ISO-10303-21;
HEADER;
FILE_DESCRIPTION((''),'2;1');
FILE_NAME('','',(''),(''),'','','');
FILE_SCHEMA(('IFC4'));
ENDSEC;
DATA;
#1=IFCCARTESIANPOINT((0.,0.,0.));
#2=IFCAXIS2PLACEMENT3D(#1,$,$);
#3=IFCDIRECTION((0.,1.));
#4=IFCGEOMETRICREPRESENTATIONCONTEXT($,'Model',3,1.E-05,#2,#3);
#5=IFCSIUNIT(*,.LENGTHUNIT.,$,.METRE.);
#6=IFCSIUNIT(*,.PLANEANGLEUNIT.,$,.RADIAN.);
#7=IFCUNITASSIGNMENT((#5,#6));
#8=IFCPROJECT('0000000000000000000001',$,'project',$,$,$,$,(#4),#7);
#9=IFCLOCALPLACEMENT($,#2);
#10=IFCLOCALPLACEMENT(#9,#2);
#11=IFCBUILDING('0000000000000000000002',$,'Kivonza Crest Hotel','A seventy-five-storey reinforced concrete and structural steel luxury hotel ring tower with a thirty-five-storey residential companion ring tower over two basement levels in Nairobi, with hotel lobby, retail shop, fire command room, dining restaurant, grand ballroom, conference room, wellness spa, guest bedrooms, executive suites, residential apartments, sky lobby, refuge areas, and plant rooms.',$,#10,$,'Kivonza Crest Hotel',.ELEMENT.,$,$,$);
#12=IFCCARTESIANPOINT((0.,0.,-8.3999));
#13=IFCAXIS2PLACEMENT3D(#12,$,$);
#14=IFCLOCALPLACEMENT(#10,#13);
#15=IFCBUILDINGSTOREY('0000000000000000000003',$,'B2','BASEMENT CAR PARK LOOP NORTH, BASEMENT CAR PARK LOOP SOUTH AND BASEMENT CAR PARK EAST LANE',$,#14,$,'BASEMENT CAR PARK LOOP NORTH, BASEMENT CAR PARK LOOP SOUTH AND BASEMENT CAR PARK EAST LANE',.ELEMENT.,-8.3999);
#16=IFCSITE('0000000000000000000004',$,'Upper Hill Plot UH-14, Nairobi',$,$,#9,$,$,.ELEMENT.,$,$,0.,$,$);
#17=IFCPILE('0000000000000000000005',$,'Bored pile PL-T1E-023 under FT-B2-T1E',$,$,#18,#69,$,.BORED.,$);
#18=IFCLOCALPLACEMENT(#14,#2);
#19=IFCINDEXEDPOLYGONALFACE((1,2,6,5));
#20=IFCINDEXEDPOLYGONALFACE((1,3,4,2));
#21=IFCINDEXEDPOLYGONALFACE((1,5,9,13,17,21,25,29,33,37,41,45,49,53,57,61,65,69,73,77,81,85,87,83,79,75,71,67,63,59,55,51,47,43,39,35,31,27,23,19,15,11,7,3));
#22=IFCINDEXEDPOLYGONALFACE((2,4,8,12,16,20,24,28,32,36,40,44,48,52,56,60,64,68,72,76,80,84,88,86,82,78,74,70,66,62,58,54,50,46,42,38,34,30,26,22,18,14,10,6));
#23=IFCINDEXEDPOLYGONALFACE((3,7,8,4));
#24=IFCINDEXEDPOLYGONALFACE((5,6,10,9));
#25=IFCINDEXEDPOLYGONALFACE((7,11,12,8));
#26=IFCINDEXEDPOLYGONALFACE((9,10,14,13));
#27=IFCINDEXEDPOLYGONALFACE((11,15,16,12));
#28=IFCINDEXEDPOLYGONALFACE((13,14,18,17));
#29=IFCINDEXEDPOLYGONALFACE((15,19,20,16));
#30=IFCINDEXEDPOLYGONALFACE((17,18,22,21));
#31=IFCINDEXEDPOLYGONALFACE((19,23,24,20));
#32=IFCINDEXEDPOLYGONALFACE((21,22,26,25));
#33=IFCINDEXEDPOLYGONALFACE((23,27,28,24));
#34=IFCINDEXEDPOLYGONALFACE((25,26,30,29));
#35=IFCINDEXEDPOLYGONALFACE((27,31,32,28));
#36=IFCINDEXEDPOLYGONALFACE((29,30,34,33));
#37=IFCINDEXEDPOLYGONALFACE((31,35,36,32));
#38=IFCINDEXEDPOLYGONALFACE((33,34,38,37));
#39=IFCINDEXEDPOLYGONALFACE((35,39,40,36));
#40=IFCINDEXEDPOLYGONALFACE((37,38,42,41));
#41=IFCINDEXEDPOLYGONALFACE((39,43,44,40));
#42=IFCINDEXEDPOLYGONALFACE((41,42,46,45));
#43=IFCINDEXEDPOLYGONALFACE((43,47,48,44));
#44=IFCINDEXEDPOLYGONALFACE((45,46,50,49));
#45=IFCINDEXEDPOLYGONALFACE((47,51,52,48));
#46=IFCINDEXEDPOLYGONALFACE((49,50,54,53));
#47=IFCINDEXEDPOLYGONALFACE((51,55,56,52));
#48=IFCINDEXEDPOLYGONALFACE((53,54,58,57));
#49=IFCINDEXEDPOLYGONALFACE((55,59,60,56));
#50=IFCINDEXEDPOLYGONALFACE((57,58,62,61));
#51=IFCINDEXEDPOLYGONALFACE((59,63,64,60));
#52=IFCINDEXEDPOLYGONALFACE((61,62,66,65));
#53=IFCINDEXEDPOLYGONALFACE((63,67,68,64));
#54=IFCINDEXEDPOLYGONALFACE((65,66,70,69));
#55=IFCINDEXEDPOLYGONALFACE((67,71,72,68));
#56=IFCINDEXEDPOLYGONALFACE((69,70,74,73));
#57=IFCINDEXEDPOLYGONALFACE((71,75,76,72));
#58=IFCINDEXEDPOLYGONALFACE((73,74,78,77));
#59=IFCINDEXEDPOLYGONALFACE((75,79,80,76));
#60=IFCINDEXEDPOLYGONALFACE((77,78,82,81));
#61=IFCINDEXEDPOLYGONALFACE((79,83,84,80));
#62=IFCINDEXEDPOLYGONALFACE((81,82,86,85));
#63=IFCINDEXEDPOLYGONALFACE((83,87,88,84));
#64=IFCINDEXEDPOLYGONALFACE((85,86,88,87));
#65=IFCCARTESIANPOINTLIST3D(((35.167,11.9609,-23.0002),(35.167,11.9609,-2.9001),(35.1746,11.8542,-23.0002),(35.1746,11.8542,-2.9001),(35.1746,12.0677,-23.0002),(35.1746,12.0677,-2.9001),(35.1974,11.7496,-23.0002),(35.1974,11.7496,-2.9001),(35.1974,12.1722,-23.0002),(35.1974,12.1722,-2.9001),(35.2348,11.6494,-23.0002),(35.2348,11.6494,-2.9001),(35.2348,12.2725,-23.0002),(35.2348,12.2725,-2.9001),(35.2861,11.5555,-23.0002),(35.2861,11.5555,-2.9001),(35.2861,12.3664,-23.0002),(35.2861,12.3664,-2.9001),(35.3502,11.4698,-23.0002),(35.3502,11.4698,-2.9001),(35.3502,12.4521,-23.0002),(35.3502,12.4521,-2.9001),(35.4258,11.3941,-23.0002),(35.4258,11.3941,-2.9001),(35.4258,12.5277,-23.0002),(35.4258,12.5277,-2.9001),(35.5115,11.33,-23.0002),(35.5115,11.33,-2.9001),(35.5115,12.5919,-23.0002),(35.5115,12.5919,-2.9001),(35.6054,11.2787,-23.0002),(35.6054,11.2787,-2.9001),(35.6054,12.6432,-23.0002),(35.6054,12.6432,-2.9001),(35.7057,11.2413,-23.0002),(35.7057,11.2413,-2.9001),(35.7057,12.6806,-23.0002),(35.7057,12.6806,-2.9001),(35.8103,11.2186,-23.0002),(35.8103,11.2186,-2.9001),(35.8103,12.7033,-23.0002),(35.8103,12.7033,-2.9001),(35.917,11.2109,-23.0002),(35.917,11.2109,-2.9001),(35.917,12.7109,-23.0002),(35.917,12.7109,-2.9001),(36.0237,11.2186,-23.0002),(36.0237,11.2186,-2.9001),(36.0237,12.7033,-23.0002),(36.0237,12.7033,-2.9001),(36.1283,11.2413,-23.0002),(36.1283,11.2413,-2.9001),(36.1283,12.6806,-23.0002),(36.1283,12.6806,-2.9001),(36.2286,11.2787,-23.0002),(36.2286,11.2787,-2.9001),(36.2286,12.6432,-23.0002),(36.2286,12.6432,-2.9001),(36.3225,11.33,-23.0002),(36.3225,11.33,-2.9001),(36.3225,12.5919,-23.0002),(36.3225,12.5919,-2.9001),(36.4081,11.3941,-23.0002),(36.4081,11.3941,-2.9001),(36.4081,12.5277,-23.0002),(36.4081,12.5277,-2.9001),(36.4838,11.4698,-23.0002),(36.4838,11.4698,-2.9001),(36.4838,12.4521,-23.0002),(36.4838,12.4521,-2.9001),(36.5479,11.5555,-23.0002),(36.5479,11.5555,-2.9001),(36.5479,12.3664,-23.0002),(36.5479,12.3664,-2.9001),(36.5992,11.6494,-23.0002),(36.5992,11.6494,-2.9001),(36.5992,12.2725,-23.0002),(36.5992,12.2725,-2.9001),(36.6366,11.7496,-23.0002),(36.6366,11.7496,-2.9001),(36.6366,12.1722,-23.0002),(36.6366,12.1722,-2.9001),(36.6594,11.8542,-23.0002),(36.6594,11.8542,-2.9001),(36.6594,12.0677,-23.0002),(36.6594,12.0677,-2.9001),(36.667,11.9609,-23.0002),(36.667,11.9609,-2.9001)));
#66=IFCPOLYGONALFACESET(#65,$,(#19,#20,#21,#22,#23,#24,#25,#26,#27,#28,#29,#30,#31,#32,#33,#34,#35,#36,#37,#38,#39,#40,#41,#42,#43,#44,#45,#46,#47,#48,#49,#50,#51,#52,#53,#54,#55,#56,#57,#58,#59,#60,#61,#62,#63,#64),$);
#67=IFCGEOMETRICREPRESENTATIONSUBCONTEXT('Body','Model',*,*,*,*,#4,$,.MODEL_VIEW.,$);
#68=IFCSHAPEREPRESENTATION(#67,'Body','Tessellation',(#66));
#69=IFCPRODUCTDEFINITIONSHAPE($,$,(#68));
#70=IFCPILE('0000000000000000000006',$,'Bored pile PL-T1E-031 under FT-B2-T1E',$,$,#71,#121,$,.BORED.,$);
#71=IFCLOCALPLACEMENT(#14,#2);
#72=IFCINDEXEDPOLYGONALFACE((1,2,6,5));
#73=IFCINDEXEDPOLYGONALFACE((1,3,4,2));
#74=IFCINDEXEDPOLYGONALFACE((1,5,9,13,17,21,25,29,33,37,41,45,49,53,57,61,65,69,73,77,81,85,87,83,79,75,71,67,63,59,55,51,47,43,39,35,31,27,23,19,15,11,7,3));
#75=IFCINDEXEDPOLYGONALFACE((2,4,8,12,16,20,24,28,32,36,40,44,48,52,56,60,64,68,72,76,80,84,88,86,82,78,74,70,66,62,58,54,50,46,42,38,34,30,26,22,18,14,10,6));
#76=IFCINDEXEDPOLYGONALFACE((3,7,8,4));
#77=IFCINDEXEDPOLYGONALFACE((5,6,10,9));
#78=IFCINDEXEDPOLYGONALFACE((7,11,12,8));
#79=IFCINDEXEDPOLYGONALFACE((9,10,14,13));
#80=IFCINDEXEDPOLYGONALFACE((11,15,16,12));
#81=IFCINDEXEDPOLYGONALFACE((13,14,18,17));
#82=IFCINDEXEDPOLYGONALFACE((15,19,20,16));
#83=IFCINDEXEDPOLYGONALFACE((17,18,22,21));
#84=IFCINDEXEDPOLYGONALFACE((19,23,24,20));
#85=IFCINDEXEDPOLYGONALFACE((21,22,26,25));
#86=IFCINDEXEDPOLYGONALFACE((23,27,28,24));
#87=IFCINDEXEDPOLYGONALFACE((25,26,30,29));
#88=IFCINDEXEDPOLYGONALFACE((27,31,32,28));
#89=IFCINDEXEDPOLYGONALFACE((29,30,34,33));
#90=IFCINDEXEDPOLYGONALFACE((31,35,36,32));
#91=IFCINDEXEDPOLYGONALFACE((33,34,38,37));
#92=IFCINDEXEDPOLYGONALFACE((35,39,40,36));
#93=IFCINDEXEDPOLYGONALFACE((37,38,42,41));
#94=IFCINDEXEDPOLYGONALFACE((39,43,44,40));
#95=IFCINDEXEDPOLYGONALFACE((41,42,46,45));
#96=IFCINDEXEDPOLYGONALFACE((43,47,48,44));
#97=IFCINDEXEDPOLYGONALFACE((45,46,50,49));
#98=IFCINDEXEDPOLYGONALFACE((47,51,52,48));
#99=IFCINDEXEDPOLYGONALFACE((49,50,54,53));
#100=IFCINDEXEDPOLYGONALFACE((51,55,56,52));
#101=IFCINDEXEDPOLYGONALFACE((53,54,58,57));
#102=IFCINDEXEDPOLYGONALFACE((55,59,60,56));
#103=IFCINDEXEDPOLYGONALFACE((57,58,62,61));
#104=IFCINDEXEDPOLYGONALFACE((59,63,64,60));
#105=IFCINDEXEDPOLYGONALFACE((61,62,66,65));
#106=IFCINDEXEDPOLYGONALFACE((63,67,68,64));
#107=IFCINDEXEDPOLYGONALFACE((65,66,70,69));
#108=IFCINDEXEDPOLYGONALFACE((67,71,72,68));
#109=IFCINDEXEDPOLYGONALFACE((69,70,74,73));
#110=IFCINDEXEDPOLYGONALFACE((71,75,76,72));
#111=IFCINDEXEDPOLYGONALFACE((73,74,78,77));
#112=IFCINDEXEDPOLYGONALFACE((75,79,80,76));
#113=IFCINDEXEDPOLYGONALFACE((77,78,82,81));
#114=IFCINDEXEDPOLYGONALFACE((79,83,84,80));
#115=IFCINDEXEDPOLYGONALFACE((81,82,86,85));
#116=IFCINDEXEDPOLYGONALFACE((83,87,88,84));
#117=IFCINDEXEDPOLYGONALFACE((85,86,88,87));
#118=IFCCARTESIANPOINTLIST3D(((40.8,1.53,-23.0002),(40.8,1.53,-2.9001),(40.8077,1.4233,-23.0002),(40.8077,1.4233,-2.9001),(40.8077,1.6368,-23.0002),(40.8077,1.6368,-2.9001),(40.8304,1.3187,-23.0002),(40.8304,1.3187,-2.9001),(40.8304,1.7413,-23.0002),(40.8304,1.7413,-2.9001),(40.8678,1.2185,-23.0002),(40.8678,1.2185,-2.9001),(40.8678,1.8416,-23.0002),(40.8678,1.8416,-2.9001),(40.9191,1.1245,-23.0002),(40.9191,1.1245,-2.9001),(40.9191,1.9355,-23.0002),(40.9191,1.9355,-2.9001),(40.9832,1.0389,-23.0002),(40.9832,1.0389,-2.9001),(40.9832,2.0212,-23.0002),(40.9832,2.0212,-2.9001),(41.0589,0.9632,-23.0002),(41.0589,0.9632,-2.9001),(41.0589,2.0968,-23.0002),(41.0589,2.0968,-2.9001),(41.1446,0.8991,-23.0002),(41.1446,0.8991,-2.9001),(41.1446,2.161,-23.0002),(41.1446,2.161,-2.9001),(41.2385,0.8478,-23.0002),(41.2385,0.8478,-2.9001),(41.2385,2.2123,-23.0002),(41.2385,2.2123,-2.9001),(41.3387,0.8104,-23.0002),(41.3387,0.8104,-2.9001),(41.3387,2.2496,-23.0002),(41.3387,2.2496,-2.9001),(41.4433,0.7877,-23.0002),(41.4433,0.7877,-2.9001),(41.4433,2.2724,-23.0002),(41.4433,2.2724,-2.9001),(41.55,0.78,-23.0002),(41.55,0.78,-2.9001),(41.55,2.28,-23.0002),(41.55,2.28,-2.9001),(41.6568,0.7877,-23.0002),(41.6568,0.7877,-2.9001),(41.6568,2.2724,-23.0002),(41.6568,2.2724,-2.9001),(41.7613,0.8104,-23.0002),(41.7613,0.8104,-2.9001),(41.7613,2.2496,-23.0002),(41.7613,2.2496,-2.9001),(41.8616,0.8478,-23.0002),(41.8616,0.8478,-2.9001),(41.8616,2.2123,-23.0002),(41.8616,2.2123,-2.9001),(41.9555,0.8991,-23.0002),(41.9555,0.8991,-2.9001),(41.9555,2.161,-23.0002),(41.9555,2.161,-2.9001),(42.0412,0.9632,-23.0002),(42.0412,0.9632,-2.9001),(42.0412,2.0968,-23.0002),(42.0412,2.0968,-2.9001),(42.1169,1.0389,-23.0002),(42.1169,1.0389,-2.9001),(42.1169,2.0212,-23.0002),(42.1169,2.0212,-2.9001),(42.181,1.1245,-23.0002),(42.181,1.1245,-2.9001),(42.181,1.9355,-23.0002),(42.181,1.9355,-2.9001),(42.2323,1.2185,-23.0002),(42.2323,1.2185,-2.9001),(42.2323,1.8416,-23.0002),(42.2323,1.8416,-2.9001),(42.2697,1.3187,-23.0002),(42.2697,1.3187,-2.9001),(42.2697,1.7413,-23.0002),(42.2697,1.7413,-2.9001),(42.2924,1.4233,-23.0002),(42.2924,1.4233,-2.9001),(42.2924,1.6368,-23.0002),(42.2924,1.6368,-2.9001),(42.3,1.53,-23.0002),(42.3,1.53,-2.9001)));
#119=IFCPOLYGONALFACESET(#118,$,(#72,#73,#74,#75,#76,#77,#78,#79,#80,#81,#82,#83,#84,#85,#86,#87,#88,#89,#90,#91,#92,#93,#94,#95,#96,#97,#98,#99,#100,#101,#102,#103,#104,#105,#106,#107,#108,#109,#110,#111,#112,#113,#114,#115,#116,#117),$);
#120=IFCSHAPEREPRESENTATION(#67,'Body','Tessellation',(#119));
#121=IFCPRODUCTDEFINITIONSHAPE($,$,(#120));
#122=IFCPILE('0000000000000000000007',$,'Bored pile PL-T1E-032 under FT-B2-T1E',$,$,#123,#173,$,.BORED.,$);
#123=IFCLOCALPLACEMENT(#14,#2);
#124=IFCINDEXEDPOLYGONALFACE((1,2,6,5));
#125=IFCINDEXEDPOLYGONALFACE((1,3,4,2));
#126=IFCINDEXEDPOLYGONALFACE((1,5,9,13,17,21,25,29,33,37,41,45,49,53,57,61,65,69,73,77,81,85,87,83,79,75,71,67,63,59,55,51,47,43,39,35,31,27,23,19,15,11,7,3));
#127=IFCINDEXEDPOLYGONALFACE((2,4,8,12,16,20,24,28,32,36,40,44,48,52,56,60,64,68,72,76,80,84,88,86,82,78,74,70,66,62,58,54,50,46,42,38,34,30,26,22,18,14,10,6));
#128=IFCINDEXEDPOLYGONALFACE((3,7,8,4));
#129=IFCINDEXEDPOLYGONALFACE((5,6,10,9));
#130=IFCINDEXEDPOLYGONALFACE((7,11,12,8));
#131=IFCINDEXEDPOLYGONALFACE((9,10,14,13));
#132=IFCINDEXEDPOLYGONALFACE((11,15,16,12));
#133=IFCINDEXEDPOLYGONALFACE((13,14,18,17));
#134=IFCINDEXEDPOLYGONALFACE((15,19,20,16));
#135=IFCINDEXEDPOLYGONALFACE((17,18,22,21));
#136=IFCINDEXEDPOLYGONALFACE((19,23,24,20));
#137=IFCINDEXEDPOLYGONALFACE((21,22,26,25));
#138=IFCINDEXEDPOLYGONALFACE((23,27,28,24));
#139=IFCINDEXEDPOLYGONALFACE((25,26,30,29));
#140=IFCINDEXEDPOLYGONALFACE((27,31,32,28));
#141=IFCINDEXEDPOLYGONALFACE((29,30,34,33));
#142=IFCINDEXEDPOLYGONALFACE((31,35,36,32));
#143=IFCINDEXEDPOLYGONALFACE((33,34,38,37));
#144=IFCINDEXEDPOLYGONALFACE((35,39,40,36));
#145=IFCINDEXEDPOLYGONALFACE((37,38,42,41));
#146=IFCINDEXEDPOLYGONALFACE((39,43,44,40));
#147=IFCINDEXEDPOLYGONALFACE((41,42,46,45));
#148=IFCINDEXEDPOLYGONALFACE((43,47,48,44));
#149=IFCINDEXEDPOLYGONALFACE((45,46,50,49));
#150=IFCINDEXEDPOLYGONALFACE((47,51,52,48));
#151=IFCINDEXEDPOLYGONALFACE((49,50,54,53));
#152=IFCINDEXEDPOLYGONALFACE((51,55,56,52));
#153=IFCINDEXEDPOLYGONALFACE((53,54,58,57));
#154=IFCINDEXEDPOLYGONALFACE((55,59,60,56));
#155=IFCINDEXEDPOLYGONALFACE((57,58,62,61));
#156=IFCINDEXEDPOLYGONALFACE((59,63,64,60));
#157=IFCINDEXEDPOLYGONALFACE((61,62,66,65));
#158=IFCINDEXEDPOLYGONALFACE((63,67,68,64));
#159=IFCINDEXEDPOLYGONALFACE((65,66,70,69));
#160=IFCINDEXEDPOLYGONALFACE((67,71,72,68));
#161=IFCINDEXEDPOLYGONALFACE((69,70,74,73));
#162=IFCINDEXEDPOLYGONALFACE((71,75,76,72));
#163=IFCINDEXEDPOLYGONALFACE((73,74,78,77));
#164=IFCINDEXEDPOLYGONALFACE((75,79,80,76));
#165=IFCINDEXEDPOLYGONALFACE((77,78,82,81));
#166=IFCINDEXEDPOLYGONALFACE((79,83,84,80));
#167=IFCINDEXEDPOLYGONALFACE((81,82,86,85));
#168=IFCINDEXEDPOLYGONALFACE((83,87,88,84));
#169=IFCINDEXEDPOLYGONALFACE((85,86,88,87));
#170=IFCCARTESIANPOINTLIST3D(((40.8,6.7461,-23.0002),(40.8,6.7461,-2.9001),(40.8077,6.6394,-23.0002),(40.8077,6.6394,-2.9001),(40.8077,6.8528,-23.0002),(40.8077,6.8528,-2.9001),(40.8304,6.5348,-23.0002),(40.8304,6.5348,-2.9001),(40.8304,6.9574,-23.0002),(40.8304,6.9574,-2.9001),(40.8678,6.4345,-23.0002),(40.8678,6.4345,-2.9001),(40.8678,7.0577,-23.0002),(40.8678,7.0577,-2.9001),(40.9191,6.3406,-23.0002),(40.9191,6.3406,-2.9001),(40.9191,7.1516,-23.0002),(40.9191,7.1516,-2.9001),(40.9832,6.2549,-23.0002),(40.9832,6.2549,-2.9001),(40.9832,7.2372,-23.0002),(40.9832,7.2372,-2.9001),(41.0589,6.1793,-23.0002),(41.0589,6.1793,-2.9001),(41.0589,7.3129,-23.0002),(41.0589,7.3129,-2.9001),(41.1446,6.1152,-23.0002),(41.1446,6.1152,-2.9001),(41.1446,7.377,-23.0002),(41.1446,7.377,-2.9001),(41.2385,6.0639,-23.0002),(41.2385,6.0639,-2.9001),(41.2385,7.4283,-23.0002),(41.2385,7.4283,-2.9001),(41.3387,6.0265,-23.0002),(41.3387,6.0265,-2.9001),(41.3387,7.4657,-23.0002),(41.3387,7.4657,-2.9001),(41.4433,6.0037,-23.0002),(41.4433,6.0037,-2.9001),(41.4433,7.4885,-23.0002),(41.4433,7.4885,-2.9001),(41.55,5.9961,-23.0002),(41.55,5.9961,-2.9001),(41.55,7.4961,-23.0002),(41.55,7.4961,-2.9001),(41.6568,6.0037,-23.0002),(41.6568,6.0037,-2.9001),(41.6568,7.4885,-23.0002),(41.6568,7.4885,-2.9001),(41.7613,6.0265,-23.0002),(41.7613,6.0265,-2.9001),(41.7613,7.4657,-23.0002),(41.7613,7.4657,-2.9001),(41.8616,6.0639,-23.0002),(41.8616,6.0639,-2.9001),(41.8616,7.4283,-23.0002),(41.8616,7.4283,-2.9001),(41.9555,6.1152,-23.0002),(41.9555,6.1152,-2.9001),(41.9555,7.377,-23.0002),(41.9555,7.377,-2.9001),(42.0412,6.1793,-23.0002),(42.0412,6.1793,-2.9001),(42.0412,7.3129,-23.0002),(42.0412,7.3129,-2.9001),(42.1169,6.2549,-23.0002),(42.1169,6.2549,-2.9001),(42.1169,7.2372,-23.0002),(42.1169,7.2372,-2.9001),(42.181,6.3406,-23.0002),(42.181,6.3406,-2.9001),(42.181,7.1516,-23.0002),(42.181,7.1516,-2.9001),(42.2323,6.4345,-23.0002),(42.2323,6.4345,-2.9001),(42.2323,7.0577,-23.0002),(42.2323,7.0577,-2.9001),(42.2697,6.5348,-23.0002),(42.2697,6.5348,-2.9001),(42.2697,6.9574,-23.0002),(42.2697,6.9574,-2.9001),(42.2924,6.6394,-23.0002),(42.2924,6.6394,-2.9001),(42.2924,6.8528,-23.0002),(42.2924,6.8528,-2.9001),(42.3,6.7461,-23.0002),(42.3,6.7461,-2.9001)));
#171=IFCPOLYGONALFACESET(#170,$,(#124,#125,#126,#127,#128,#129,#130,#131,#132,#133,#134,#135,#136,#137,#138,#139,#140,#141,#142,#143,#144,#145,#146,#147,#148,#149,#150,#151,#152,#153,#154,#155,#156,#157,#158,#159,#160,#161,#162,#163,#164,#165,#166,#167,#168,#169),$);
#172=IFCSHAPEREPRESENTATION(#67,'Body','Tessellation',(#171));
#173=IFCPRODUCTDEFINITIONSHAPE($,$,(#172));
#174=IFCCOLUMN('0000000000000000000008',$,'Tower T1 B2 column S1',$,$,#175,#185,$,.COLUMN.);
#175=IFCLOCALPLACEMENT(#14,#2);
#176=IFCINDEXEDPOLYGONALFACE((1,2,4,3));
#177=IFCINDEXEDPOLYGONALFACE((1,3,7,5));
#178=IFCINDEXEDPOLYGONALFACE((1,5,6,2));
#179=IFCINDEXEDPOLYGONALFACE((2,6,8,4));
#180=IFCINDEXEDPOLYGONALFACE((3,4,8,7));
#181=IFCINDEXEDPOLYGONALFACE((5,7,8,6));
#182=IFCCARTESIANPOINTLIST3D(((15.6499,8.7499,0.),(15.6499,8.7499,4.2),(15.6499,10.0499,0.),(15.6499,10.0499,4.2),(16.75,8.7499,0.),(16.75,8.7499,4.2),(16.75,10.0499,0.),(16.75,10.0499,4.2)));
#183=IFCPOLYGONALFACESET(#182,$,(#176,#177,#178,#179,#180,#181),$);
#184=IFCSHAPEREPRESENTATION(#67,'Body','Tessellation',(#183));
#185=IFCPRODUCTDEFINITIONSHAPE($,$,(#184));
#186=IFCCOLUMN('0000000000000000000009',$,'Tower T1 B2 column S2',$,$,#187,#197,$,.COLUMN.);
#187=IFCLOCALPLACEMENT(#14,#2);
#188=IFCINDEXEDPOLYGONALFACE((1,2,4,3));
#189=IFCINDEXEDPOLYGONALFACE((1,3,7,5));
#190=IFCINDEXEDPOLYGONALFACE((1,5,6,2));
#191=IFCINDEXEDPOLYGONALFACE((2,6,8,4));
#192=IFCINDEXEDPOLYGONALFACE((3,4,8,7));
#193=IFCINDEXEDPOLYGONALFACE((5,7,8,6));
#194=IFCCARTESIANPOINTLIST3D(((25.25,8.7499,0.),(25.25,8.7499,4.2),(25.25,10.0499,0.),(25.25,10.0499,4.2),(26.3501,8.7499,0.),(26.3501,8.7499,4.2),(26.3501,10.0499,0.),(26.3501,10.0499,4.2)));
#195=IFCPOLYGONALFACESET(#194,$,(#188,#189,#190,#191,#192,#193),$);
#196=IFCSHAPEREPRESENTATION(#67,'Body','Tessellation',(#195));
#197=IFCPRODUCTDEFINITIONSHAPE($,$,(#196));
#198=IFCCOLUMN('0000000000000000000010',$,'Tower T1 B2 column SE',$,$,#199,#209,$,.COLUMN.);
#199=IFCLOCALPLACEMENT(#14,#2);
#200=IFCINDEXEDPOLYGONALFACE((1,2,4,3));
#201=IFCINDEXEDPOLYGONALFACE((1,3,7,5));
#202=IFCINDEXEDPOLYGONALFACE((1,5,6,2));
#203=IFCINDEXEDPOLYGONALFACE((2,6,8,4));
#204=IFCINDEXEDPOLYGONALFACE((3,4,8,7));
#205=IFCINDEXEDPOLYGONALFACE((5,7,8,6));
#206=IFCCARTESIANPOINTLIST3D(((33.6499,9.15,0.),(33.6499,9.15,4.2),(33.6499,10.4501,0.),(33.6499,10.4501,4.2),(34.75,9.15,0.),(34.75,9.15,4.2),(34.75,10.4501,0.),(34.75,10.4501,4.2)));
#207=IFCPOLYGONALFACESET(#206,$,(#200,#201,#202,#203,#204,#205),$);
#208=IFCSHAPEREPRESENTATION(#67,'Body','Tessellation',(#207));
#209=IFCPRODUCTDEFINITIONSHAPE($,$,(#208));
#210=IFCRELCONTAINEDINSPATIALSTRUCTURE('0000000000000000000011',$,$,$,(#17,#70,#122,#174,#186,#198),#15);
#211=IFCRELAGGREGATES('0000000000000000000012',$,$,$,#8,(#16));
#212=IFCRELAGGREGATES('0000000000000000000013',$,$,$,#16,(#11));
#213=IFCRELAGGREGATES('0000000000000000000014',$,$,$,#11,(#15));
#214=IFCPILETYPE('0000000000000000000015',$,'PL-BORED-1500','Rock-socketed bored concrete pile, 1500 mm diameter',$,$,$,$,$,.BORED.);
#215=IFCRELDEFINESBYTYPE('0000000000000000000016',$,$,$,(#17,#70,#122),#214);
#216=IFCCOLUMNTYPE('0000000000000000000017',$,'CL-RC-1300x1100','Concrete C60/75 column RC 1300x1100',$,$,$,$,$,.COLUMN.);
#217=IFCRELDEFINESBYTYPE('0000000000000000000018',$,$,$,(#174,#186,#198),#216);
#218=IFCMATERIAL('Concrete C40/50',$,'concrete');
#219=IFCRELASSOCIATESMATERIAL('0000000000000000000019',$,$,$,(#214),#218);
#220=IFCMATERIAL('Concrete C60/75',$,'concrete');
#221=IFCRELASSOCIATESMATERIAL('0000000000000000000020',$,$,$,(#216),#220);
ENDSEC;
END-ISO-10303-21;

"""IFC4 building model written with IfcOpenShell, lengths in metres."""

from ifc_helpers import new_model, si_unit, direction, frame, origin, origin_2d, place, context, subcontext, project, spatial, rectangle, circle, extrude, material, material_profile, profile_set, type_object, element, save


model = new_model("IFC4")

# Units and contexts
model_context = context("Model", 3, precision=1e-05, world=origin(), true_north=direction((0.0, 1.0)))
body_context = subcontext(model_context, "Body", "Model", "MODEL_VIEW")
ifc_project = project(units=[si_unit("LENGTHUNIT", "METRE"), si_unit("PLANEANGLEUNIT", "RADIAN")], contexts=[model_context])

# Site, building, storey
site_placement = place(None, origin())
site = spatial("IfcSite", under=ifc_project, at=site_placement, Name="Upper Hill Plot UH-14, Nairobi", CompositionType="ELEMENT", RefElevation=0.0)
building_placement = place(site_placement, origin())
building = spatial("IfcBuilding", under=site, at=building_placement, Name="Kivonza Crest Hotel", Description="A seventy-five-storey reinforced concrete and structural steel luxury hotel ring tower with a thirty-five-storey residential companion ring tower over two basement levels in Nairobi, with hotel lobby, retail shop, fire command room, dining restaurant, grand ballroom, conference room, wellness spa, guest bedrooms, executive suites, residential apartments, sky lobby, refuge areas, and plant rooms.", LongName="Kivonza Crest Hotel", CompositionType="ELEMENT")
storey_placement = place(building_placement, frame((0.0, 0.0, -8.3999)))
storey = spatial("IfcBuildingStorey", under=building, at=storey_placement, Name="B2", Description="BASEMENT CAR PARK LOOP NORTH, BASEMENT CAR PARK LOOP SOUTH AND BASEMENT CAR PARK EAST LANE", LongName="BASEMENT CAR PARK LOOP NORTH, BASEMENT CAR PARK LOOP SOUTH AND BASEMENT CAR PARK EAST LANE", CompositionType="ELEMENT", Elevation=-8.3999)

# Piles
ifc_material_1 = material(Name="Concrete C40/50", Category="concrete")
ifc_material_profile_1 = material_profile(ifc_material_1, circle(Radius=0.75, at=origin_2d()), Name="PILE D1500")
ifc_profile_set_1 = profile_set([ifc_material_profile_1], Name="Concrete C40/50")
pile_type = type_object("IfcPileType", Name="PL-BORED-1500", Description="Rock-socketed bored concrete pile, 1500 mm diameter", PredefinedType="BORED", material=ifc_profile_set_1)
for number, where, z_axis, x_axis, name in (
    (1, (35.917, 11.9609, -2.9001), (0.0, 0.0, -1.0), (1.0, 0.0, 0.0), "Bored pile PL-T1E-023 under FT-B2-T1E"),
    (2, (41.55, 1.53, -2.9001), (0.0, 0.0, -1.0), (1.0, 0.0, 0.0), "Bored pile PL-T1E-031 under FT-B2-T1E"),
    (3, (41.55, 6.7461, -2.9001), (0.0, 0.0, -1.0), (1.0, 0.0, 0.0), "Bored pile PL-T1E-032 under FT-B2-T1E"),
):
    element("IfcPile", number, at=place(storey_placement, frame(where, z_axis=z_axis, x_axis=x_axis)), inside=storey, type_object=pile_type, Name=name, PredefinedType="BORED", context=body_context, shape_type="SweptSolid", body=[
        extrude(circle(Radius=0.75, at=origin_2d()), origin(), (0.0, 0.0, 1.0), 20.1001),
    ])

# Columns
ifc_material_2 = material(Name="Concrete C60/75", Category="concrete")
ifc_material_profile_2 = material_profile(ifc_material_2, rectangle(XDim=1.1001, YDim=1.3, at=origin_2d()), Name="RC 1300x1100")
ifc_profile_set_2 = profile_set([ifc_material_profile_2], Name="Concrete C60/75")
column_type = type_object("IfcColumnType", Name="CL-RC-1300x1100", Description="Concrete C60/75 column RC 1300x1100", PredefinedType="COLUMN", material=ifc_profile_set_2)
for number, where, z_axis, x_axis, name in (
    (4, (16.2, 9.3999, 0.0), (0.0, 0.0, 1.0), (1.0, 0.0, 0.0), "Tower T1 B2 column S1"),
    (5, (25.8, 9.3999, 0.0), (0.0, 0.0, 1.0), (1.0, 0.0, 0.0), "Tower T1 B2 column S2"),
    (6, (34.2, 9.8, 0.0), (0.0, 0.0, 1.0), (1.0, 0.0, 0.0), "Tower T1 B2 column SE"),
):
    element("IfcColumn", number, at=place(storey_placement, frame(where, z_axis=z_axis, x_axis=x_axis)), inside=storey, type_object=column_type, Name=name, PredefinedType="COLUMN", context=body_context, shape_type="SweptSolid", body=[
        extrude(rectangle(XDim=1.1001, YDim=1.3, at=origin_2d()), origin(), (0.0, 0.0, 1.0), 4.2),
    ])

save(model, "model.ifc")
